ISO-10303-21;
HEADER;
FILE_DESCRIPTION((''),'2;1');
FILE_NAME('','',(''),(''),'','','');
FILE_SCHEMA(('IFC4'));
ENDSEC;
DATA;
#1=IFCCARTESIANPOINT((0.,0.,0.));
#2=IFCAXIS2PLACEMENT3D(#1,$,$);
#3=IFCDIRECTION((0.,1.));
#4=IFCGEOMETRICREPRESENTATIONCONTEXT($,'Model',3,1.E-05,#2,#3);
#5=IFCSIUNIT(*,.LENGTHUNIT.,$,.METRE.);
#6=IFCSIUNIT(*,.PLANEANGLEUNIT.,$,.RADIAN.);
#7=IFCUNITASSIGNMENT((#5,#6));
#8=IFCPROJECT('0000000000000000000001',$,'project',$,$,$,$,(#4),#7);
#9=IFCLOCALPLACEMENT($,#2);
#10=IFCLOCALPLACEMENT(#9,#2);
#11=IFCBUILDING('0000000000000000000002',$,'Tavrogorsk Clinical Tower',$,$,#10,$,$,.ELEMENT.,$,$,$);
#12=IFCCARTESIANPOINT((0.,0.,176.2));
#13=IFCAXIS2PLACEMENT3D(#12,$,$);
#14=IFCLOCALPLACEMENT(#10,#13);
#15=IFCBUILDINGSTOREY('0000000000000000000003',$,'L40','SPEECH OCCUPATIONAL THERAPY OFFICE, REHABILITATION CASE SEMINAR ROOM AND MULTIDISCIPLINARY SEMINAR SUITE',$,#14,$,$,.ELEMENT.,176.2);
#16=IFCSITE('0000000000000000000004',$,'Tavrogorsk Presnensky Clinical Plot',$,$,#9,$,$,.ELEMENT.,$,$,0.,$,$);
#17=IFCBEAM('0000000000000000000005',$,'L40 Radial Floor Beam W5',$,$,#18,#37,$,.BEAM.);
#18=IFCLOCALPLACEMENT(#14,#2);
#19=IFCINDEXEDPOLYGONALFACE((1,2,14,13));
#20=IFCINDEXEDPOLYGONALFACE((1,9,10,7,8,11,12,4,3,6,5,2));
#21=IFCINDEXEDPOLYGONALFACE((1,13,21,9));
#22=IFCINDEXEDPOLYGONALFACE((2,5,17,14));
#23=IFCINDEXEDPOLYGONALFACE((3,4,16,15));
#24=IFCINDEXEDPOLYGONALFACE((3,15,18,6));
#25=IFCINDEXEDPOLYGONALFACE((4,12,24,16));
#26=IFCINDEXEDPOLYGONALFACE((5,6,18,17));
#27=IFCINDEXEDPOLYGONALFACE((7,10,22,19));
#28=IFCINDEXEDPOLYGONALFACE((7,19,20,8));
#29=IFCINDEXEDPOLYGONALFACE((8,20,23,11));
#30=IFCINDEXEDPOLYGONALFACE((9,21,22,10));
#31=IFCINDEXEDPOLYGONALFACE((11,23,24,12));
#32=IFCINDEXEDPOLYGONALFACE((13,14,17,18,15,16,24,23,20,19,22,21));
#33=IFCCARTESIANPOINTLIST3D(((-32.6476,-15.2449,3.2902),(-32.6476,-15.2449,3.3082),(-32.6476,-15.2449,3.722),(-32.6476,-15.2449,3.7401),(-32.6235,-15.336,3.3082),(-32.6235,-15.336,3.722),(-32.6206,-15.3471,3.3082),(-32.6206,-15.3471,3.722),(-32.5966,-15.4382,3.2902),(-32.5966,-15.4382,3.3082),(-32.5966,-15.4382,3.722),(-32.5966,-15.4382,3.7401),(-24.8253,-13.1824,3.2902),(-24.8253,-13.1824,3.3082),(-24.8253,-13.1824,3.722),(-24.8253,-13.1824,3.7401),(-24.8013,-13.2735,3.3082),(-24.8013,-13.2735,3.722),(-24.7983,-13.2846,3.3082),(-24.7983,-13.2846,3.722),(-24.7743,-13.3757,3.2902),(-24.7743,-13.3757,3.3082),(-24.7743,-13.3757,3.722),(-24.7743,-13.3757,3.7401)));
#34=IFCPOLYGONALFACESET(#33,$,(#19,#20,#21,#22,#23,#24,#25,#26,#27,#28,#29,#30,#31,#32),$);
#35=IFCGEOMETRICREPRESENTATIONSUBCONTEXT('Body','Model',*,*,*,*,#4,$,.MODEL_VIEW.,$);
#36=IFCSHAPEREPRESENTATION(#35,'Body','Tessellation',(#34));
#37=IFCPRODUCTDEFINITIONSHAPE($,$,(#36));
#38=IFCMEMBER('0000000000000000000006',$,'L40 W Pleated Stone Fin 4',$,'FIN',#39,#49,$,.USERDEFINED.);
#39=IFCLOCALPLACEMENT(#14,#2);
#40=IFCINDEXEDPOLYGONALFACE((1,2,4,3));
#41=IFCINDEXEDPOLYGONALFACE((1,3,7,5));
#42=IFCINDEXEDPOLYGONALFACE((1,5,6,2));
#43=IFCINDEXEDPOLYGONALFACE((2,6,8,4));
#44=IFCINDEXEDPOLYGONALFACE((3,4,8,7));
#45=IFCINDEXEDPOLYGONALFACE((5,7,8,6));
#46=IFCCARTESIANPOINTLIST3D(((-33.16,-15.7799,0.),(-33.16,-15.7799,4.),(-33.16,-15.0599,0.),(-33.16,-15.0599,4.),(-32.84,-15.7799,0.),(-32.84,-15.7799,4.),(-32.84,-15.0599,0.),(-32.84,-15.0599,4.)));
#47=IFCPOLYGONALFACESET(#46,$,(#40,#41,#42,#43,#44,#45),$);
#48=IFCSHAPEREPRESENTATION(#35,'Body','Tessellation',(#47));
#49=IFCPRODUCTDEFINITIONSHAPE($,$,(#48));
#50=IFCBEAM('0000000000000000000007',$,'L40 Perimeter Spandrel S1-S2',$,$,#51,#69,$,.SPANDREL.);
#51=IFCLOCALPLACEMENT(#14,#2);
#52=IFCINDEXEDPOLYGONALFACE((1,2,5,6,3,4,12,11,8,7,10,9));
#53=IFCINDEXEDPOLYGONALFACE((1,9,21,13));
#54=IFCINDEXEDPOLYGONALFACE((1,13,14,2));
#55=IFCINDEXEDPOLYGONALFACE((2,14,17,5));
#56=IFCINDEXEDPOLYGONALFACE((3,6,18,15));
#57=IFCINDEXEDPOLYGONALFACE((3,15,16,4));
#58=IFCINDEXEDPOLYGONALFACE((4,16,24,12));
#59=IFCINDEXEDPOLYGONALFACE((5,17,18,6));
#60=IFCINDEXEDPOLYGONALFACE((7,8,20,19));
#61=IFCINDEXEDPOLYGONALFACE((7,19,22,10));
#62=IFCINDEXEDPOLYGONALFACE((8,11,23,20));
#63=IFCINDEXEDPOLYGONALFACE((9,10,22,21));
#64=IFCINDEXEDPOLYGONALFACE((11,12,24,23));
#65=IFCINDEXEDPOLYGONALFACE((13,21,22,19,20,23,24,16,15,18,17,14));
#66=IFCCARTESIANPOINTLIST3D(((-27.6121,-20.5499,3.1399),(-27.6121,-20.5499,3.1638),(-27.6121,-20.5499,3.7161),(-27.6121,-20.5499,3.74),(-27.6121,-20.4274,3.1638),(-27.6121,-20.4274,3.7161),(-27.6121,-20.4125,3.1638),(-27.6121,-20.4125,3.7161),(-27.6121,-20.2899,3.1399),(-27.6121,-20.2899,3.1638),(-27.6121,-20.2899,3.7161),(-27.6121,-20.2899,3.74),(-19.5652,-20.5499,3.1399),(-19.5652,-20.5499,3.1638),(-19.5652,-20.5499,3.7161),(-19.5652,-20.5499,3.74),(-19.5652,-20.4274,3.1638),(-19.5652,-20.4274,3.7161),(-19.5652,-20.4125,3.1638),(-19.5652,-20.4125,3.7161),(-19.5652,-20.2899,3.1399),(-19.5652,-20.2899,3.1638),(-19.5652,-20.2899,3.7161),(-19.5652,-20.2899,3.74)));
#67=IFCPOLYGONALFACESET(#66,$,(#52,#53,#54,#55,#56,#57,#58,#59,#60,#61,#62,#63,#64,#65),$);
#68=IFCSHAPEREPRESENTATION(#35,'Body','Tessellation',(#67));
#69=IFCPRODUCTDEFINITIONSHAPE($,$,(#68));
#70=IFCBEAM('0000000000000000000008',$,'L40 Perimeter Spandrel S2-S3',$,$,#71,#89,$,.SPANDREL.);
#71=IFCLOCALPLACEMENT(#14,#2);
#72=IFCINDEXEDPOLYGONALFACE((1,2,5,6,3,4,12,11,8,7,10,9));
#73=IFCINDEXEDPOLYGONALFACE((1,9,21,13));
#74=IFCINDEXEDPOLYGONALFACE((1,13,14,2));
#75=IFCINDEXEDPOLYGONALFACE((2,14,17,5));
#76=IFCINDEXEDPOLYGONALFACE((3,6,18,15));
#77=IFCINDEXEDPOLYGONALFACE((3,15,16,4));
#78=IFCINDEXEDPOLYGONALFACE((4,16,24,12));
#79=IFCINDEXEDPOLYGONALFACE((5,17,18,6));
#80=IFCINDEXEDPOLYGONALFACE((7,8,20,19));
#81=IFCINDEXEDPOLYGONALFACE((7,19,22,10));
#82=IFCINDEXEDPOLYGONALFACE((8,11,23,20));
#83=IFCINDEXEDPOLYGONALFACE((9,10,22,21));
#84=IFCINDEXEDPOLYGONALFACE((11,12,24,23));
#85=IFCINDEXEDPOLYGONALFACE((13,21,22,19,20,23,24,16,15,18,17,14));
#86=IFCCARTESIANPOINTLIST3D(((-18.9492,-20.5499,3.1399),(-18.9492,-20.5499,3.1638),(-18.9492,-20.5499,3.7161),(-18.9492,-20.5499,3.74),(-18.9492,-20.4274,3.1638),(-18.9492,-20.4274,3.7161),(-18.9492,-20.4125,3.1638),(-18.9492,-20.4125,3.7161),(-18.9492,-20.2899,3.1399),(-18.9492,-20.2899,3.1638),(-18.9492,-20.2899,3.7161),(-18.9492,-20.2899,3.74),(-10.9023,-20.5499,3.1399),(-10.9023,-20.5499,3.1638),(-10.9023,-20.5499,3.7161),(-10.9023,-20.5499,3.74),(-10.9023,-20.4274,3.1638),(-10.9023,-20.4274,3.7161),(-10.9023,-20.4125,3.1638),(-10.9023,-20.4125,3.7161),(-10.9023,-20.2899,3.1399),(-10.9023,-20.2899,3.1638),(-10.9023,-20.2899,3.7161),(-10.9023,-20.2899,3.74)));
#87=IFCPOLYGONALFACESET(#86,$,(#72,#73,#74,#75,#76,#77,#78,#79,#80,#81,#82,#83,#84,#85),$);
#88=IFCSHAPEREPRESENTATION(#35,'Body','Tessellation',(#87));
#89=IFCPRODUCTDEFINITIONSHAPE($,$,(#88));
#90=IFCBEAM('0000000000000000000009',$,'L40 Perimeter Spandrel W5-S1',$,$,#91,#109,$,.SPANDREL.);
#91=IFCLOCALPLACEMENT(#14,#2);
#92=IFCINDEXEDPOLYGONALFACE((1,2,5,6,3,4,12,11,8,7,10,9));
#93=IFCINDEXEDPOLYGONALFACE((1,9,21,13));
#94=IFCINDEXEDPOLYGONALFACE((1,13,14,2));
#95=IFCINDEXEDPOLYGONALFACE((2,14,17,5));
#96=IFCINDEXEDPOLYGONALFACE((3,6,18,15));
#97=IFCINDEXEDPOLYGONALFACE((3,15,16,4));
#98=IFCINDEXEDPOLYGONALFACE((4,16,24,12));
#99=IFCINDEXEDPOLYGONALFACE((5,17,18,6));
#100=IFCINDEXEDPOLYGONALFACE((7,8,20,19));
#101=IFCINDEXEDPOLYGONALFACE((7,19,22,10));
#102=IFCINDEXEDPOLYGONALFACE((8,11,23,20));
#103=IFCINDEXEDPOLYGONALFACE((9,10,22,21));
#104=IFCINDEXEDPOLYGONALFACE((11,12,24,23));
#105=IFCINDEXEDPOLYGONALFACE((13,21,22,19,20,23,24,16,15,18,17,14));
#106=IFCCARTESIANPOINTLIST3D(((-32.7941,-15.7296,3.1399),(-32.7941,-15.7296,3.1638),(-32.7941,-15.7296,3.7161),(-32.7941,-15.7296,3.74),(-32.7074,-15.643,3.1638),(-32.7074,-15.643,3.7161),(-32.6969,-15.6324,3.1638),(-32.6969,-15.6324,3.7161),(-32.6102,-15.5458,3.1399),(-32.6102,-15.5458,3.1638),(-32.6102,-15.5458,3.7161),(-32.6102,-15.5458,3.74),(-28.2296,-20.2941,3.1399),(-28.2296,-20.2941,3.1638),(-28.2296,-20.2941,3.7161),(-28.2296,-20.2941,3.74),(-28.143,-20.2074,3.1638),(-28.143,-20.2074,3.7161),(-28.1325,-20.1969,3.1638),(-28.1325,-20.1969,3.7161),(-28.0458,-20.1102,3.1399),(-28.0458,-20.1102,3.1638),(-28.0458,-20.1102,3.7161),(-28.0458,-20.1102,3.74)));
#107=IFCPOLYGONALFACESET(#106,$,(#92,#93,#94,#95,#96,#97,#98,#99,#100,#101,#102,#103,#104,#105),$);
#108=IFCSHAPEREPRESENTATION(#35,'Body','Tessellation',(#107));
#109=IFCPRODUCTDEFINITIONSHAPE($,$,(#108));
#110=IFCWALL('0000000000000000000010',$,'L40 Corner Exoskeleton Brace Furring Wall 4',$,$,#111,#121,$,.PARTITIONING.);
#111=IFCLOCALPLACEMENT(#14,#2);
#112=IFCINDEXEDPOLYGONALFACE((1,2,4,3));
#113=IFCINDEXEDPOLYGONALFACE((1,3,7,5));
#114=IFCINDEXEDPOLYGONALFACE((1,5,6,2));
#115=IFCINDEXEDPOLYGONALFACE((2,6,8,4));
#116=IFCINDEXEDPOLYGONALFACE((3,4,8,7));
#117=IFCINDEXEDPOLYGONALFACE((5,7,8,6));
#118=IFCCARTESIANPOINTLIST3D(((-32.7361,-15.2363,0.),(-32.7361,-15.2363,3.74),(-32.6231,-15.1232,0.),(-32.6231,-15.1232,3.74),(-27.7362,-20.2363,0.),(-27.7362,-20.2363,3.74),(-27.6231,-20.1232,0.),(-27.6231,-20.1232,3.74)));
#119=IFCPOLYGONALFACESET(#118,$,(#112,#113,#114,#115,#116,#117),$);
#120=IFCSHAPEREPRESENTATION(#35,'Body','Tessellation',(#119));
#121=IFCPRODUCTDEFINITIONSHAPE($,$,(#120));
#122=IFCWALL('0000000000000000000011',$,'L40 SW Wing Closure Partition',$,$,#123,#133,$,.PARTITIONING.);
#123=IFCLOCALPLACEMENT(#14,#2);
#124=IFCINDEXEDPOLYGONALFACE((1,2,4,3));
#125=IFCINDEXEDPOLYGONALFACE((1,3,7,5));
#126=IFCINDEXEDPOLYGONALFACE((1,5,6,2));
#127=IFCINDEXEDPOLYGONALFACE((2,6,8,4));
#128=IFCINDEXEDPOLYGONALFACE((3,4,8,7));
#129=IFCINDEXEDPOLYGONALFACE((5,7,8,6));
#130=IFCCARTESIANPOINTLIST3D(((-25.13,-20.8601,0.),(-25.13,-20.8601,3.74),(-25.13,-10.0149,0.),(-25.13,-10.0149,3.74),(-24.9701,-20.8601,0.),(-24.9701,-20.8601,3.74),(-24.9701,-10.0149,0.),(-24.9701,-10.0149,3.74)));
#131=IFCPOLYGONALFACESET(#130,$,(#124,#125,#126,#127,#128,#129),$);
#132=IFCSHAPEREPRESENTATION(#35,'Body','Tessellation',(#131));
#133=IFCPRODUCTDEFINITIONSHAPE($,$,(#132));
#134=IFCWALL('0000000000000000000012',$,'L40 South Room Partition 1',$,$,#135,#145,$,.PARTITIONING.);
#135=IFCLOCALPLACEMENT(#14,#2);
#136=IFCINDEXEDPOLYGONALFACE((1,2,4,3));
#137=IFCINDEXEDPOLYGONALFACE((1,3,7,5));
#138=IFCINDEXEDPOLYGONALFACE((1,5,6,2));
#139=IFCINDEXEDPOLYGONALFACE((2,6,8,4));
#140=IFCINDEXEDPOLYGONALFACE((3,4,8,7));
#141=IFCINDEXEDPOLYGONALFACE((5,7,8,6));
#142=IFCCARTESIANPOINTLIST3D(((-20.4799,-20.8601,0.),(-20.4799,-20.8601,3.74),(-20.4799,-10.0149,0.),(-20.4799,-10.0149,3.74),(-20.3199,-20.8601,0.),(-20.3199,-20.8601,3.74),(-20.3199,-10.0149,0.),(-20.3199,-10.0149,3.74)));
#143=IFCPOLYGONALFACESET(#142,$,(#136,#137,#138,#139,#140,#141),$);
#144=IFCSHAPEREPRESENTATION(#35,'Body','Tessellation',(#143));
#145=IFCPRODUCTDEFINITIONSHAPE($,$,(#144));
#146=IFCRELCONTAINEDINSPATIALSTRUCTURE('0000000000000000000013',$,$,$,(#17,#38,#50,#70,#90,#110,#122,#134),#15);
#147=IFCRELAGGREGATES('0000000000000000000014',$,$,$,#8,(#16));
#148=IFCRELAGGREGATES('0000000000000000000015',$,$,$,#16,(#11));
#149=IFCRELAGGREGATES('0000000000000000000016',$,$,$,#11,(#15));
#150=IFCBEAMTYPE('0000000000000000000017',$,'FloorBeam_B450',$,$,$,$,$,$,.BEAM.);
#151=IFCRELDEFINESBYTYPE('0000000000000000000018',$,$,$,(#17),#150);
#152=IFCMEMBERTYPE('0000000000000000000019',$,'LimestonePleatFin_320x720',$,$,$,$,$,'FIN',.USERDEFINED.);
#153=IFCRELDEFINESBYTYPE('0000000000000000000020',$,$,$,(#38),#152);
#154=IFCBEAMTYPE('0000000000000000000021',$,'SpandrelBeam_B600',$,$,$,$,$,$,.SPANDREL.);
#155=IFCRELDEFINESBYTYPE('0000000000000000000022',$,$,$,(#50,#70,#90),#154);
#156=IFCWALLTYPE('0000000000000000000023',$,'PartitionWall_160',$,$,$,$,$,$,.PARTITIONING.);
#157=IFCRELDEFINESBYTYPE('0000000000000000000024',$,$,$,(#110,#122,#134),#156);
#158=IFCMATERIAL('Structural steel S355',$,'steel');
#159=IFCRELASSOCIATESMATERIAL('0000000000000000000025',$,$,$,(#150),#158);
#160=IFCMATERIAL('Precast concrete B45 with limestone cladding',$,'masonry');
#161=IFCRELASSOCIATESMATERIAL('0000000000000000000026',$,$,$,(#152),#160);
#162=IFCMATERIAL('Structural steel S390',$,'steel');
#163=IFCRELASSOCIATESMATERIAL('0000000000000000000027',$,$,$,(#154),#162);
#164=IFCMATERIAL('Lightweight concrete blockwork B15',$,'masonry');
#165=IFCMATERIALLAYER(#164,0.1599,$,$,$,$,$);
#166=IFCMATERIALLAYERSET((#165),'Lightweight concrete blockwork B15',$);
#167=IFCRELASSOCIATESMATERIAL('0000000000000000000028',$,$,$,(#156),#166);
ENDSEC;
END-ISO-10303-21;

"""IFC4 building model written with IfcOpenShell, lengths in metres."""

from ifc_helpers import new_model, si_unit, direction, frame, frame_2d, origin, origin_2d, place, context, subcontext, project, spatial, rectangle, i_section, extrude, material, layer, layer_set, material_profile, profile_set, type_object, element, save


model = new_model("IFC4")

# Units and contexts
model_context = context("Model", 3, precision=1e-05, world=origin(), true_north=direction((0.0, 1.0)))
body_context = subcontext(model_context, "Body", "Model", "MODEL_VIEW")
ifc_project = project(units=[si_unit("LENGTHUNIT", "METRE"), si_unit("PLANEANGLEUNIT", "RADIAN")], contexts=[model_context])

# Site, building, storey
site_placement = place(None, origin())
site = spatial("IfcSite", under=ifc_project, at=site_placement, Name="Tavrogorsk Presnensky Clinical Plot", CompositionType="ELEMENT", RefElevation=0.0)
building_placement = place(site_placement, origin())
building = spatial("IfcBuilding", under=site, at=building_placement, Name="Tavrogorsk Clinical Tower", CompositionType="ELEMENT")
storey_placement = place(building_placement, frame((0.0, 0.0, 176.2)))
storey = spatial("IfcBuildingStorey", under=building, at=storey_placement, Name="L40", Description="SPEECH OCCUPATIONAL THERAPY OFFICE, REHABILITATION CASE SEMINAR ROOM AND MULTIDISCIPLINARY SEMINAR SUITE", CompositionType="ELEMENT", Elevation=176.2)

# Beam
ifc_material_1 = material(Name="Structural steel S355", Category="steel")
ifc_material_profile_1 = material_profile(ifc_material_1, i_section(OverallWidth=0.2, OverallDepth=0.45, WebThickness=0.0115, FlangeThickness=0.0181, at=origin_2d()), Name="B-450x200x11.5x18")
ifc_profile_set_1 = profile_set([ifc_material_profile_1], Name="Structural steel S355")
beam_type_1 = type_object("IfcBeamType", Name="FloorBeam_B450", PredefinedType="BEAM", material=ifc_profile_set_1)
beam_1_placement = place(storey_placement, frame((-24.7998, -13.2791, 3.5151), z_axis=(-0.966952, -0.254957, 0.0), x_axis=(0.254957, -0.966952, 0.0)))
element("IfcBeam", 1, at=beam_1_placement, inside=storey, type_object=beam_type_1, Name="L40 Radial Floor Beam W5", PredefinedType="BEAM", context=body_context, shape_type="SweptSolid", body=[
    extrude(i_section(OverallWidth=0.2, OverallDepth=0.45, WebThickness=0.0115, FlangeThickness=0.0181, at=origin_2d()), origin(), (0.0, 0.0, 1.0), 8.0896),
])

# Member
ifc_material_2 = material(Name="Precast concrete B45 with limestone cladding", Category="masonry")
ifc_material_profile_2 = material_profile(ifc_material_2, rectangle(XDim=0.3201, YDim=0.72, at=origin_2d()), Name="LIMESTONE-FIN-320x720")
ifc_profile_set_2 = profile_set([ifc_material_profile_2], Name="Precast concrete B45 with limestone cladding")
member_type_1 = type_object("IfcMemberType", Name="LimestonePleatFin_320x720", ElementType="FIN", PredefinedType="USERDEFINED", material=ifc_profile_set_2)
member_1_placement = place(storey_placement, frame((-33.0, -15.4199, 0.0), z_axis=(0.0, 0.0, 1.0), x_axis=(1.0, 0.0, 0.0)))
element("IfcMember", 2, at=member_1_placement, inside=storey, type_object=member_type_1, Name="L40 W Pleated Stone Fin 4", ObjectType="FIN", PredefinedType="USERDEFINED", context=body_context, shape_type="SweptSolid", body=[
    extrude(rectangle(XDim=0.3201, YDim=0.72, at=origin_2d()), origin(), (0.0, 0.0, 1.0), 4.0),
])

# Beams
ifc_material_3 = material(Name="Structural steel S390", Category="steel")
ifc_material_profile_3 = material_profile(ifc_material_3, i_section(OverallWidth=0.26, OverallDepth=0.6001, WebThickness=0.0149, FlangeThickness=0.0239, at=origin_2d()), Name="B-600x260x15x24")
ifc_profile_set_3 = profile_set([ifc_material_profile_3], Name="Structural steel S390")
beam_type_2 = type_object("IfcBeamType", Name="SpandrelBeam_B600", PredefinedType="SPANDREL", material=ifc_profile_set_3)
for number, where, z_axis, x_axis, name in (
    (3, (-27.6121, -20.4199, 3.4399), (1.0, 0.0, 0.0), (0.0, 1.0, 0.0), "L40 Perimeter Spandrel S1-S2"),
    (4, (-18.9492, -20.4199, 3.4399), (1.0, 0.0, 0.0), (0.0, 1.0, 0.0), "L40 Perimeter Spandrel S2-S3"),
):
    element("IfcBeam", number, at=place(storey_placement, frame(where, z_axis=z_axis, x_axis=x_axis)), inside=storey, type_object=beam_type_2, Name=name, PredefinedType="SPANDREL", context=body_context, shape_type="SweptSolid", body=[
        extrude(i_section(OverallWidth=0.26, OverallDepth=0.6001, WebThickness=0.0149, FlangeThickness=0.0239, at=origin_2d()), origin(), (0.0, 0.0, 1.0), 8.0469),
    ])
beam_2_placement = place(storey_placement, frame((-32.7021, -15.6377, 3.4399), z_axis=(0.707107, -0.707107, 0.0), x_axis=(0.707107, 0.707107, 0.0)))
element("IfcBeam", 5, at=beam_2_placement, inside=storey, type_object=beam_type_2, Name="L40 Perimeter Spandrel W5-S1", PredefinedType="SPANDREL", context=body_context, shape_type="SweptSolid", body=[
    extrude(i_section(OverallWidth=0.26, OverallDepth=0.6001, WebThickness=0.0149, FlangeThickness=0.0239, at=origin_2d()), origin(), (0.0, 0.0, 1.0), 6.4551),
])

# Walls
ifc_material_4 = material(Name="Lightweight concrete blockwork B15", Category="masonry")
ifc_layer_1 = layer(ifc_material_4, 0.1599)
ifc_layer_set_1 = layer_set([ifc_layer_1], Name="Lightweight concrete blockwork B15")
wall_type_1 = type_object("IfcWallType", Name="PartitionWall_160", PredefinedType="PARTITIONING", material=ifc_layer_set_1)
wall_1_placement = place(storey_placement, frame((-32.6797, -15.1797, 0.0), z_axis=(0.0, 0.0, 1.0), x_axis=(0.707107, -0.707107, 0.0)))
element("IfcWall", 6, at=wall_1_placement, inside=storey, type_object=wall_type_1, Name="L40 Corner Exoskeleton Brace Furring Wall 4", PredefinedType="PARTITIONING", context=body_context, shape_type="SweptSolid", body=[
    extrude(rectangle(XDim=7.071, YDim=0.1599, at=frame_2d((3.5356, 0.0))), origin(), (0.0, 0.0, 1.0), 3.74),
])
for number, where, z_axis, x_axis, name in (
    (7, (-25.05, -20.8601, 0.0), (0.0, 0.0, 1.0), (0.0, 1.0, 0.0), "L40 SW Wing Closure Partition"),
    (8, (-20.3999, -20.8601, 0.0), (0.0, 0.0, 1.0), (0.0, 1.0, 0.0), "L40 South Room Partition 1"),
):
    element("IfcWall", number, at=place(storey_placement, frame(where, z_axis=z_axis, x_axis=x_axis)), inside=storey, type_object=wall_type_1, Name=name, PredefinedType="PARTITIONING", context=body_context, shape_type="SweptSolid", body=[
        extrude(rectangle(XDim=10.8452, YDim=0.1599, at=frame_2d((5.4226, 0.0))), origin(), (0.0, 0.0, 1.0), 3.74),
    ])

save(model, "model.ifc")
